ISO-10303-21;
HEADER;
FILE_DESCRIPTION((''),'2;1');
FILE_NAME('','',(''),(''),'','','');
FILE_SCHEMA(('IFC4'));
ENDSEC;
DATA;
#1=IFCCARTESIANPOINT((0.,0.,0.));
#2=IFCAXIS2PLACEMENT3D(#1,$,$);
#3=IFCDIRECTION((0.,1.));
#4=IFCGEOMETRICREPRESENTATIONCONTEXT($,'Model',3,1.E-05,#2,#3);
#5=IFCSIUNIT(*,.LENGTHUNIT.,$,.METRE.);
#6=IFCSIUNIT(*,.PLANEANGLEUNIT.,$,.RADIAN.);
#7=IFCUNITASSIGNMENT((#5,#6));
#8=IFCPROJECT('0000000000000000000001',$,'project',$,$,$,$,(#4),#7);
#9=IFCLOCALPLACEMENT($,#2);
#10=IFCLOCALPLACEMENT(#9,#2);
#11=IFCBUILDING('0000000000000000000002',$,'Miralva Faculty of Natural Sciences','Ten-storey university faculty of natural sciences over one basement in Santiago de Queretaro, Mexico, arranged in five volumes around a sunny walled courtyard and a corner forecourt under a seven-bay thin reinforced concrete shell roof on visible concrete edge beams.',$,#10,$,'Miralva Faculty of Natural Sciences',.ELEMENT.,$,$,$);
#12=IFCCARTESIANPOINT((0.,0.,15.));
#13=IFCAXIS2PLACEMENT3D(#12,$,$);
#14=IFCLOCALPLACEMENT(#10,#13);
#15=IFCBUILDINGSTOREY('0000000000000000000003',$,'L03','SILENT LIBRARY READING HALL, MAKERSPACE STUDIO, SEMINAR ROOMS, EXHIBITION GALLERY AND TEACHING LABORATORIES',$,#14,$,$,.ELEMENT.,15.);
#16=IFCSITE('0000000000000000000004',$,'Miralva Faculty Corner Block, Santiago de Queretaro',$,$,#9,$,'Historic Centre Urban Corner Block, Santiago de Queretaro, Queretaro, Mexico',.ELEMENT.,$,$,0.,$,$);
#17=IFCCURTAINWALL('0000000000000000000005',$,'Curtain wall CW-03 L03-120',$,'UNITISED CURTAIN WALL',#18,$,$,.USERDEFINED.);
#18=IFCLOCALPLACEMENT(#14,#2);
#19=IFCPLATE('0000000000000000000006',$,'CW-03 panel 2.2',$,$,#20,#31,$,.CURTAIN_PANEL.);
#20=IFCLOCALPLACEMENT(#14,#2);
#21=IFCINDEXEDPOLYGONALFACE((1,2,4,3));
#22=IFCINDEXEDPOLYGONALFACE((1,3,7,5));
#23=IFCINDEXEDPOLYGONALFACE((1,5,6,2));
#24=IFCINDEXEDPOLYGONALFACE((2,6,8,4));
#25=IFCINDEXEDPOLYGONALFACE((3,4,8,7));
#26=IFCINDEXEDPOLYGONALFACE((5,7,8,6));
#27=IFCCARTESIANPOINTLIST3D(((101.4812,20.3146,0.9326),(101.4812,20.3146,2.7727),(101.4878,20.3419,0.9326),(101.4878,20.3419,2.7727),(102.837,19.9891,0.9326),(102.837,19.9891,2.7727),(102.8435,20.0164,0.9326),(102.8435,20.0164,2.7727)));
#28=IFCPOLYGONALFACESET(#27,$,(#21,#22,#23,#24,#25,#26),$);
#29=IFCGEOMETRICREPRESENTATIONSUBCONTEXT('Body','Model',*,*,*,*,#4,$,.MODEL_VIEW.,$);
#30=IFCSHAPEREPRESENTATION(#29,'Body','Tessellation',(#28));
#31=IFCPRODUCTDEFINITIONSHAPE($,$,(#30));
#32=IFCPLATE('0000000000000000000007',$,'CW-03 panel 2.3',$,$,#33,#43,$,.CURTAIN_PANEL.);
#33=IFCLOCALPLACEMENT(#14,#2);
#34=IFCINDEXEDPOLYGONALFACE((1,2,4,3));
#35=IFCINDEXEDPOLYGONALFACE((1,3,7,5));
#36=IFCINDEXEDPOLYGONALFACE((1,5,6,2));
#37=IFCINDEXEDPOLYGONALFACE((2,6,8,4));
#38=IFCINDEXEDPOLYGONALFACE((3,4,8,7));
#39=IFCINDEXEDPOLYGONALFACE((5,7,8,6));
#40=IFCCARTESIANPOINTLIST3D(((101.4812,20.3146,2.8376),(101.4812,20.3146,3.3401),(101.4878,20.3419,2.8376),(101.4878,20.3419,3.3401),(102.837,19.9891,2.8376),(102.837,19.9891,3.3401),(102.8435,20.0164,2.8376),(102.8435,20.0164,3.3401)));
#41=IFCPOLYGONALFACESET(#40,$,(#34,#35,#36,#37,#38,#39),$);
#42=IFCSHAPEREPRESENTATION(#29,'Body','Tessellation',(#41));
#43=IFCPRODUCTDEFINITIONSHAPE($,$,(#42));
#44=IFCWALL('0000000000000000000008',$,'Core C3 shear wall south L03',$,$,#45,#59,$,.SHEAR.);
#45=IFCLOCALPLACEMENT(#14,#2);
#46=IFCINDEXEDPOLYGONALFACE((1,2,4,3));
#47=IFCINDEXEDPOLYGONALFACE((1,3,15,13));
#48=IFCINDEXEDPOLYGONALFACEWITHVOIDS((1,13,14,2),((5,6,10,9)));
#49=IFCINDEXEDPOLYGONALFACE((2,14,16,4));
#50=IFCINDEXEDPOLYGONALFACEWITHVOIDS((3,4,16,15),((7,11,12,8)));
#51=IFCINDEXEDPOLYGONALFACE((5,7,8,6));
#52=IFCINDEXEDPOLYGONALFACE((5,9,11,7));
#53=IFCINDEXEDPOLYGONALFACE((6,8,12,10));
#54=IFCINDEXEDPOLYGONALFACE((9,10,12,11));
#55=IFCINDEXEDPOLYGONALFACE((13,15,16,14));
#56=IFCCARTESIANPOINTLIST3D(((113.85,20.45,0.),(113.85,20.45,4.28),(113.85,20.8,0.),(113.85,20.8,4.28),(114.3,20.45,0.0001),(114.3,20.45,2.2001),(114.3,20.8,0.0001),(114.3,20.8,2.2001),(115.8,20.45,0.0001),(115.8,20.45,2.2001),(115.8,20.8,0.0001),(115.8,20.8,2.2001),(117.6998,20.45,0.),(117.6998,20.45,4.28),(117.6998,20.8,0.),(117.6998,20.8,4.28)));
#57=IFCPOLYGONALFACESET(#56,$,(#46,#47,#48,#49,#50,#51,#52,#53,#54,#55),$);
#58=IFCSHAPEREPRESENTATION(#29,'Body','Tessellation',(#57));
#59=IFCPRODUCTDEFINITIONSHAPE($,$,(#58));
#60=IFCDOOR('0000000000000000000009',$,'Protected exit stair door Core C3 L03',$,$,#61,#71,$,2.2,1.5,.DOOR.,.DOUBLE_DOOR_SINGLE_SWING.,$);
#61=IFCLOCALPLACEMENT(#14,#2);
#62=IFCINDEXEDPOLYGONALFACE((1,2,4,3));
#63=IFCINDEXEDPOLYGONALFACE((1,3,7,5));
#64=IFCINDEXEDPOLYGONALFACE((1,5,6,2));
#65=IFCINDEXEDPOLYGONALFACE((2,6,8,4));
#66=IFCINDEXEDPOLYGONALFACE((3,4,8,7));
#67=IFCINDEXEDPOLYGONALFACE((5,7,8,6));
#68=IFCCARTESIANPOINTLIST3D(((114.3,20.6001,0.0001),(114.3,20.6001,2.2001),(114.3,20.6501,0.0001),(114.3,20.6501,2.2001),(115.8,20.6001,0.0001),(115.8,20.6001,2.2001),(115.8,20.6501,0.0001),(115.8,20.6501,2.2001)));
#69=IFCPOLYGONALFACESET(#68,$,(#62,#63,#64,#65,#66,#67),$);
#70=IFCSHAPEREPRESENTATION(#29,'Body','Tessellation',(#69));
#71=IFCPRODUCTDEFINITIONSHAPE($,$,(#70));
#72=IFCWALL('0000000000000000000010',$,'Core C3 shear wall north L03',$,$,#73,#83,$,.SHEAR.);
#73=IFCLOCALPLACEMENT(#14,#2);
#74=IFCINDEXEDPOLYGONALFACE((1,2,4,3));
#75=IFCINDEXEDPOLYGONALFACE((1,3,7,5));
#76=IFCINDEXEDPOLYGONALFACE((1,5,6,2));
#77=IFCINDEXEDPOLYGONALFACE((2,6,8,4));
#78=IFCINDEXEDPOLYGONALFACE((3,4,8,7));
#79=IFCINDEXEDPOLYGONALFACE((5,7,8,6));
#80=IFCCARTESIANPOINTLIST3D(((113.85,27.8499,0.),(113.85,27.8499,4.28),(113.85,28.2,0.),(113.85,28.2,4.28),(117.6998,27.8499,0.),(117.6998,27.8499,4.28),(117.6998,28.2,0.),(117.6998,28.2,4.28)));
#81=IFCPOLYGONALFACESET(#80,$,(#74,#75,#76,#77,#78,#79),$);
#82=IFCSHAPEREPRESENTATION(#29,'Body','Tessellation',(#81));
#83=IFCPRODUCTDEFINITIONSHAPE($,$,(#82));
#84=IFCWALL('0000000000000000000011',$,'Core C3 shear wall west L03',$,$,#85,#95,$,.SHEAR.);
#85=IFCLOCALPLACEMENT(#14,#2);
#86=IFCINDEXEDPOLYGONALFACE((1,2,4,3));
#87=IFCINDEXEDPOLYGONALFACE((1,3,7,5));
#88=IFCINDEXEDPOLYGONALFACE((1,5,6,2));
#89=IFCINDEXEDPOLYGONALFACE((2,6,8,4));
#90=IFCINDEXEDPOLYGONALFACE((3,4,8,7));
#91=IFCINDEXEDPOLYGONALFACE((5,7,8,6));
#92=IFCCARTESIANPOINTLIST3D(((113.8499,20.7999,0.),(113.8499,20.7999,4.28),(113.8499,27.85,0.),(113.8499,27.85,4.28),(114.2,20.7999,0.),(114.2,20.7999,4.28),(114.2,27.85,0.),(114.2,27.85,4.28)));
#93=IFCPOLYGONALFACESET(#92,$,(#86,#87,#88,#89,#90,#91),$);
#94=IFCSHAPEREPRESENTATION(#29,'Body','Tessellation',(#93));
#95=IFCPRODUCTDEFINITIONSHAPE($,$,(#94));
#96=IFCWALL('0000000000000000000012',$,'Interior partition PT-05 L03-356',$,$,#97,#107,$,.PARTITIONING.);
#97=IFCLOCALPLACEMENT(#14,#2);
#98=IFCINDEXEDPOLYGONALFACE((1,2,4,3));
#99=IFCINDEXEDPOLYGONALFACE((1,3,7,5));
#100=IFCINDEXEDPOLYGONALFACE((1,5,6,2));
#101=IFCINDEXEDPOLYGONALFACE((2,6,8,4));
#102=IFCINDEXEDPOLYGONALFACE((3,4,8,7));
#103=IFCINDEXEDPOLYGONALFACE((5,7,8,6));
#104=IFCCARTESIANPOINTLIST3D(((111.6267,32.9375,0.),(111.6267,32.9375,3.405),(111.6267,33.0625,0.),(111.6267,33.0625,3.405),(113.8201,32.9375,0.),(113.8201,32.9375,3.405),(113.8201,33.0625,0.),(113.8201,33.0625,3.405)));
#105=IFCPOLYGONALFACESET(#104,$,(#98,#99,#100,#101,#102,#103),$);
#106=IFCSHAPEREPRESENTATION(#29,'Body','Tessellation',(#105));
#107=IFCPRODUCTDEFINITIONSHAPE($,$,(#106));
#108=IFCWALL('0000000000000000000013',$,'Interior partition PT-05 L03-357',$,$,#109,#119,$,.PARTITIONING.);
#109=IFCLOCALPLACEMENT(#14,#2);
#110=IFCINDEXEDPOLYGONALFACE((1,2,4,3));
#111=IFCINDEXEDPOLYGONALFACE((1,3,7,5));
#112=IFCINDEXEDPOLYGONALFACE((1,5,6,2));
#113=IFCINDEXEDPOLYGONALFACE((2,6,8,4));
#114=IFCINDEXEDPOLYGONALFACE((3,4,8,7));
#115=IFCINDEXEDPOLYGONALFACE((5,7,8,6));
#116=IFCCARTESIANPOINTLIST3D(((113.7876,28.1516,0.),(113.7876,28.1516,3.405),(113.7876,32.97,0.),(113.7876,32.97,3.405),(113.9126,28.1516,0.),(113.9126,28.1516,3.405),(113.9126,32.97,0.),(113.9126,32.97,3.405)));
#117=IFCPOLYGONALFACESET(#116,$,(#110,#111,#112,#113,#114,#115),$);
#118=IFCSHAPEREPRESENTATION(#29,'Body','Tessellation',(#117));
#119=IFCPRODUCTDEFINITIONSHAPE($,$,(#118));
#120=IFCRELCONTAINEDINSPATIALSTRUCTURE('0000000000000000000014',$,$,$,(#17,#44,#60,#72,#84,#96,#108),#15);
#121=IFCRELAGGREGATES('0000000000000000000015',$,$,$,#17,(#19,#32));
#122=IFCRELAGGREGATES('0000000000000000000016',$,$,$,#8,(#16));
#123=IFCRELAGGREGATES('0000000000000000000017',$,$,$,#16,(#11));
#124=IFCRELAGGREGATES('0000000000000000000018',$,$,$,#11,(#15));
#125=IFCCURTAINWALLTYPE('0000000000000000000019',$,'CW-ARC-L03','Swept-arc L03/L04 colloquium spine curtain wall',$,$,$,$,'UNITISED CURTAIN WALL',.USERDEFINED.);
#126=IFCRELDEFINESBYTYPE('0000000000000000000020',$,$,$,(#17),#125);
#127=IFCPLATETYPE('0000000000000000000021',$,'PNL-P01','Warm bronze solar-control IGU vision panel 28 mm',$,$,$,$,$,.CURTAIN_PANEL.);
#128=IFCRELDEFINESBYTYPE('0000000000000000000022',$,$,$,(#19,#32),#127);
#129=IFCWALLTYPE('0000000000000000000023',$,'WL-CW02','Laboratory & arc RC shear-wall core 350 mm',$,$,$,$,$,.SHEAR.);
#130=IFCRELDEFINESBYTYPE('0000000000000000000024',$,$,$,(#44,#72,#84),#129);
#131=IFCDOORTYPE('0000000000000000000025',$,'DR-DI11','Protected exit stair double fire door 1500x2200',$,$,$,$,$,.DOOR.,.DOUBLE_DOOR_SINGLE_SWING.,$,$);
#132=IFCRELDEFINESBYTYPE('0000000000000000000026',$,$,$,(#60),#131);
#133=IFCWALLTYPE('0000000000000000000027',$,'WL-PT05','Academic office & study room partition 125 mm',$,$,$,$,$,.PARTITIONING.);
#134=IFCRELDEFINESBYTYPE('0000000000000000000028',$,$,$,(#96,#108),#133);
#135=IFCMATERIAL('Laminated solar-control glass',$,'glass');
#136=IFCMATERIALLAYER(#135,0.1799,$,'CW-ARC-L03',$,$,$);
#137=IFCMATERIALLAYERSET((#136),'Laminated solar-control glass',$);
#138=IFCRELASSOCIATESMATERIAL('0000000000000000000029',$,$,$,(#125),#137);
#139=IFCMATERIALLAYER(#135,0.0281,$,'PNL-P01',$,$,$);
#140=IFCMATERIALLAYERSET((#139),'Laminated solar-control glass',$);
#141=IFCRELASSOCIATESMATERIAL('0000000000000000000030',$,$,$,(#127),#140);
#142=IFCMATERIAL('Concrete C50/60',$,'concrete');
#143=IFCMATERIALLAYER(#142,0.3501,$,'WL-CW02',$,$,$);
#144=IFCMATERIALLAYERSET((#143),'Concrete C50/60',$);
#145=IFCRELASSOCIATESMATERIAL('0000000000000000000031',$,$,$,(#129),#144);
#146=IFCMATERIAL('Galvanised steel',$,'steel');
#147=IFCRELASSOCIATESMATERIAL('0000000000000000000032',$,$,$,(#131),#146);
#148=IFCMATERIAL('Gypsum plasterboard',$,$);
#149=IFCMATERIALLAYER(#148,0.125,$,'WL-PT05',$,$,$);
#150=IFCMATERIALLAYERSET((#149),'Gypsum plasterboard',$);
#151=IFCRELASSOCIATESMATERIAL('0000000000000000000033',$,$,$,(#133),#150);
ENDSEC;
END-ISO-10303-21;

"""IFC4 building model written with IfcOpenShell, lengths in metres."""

from ifc_helpers import new_model, si_unit, direction, frame, frame_2d, origin, origin_2d, place, context, subcontext, project, spatial, rectangle, extrude, material, layer, layer_set, type_object, element, fill, aggregate, save


model = new_model("IFC4")

# Units and contexts
model_context = context("Model", 3, precision=1e-05, world=origin(), true_north=direction((0.0, 1.0)))
body_context = subcontext(model_context, "Body", "Model", "MODEL_VIEW")
ifc_project = project(units=[si_unit("LENGTHUNIT", "METRE"), si_unit("PLANEANGLEUNIT", "RADIAN")], contexts=[model_context])

# Site, building, storey
site_placement = place(None, origin())
site = spatial("IfcSite", under=ifc_project, at=site_placement, Name="Miralva Faculty Corner Block, Santiago de Queretaro", LongName="Historic Centre Urban Corner Block, Santiago de Queretaro, Queretaro, Mexico", CompositionType="ELEMENT", RefElevation=0.0)
building_placement = place(site_placement, origin())
building = spatial("IfcBuilding", under=site, at=building_placement, Name="Miralva Faculty of Natural Sciences", Description="Ten-storey university faculty of natural sciences over one basement in Santiago de Queretaro, Mexico, arranged in five volumes around a sunny walled courtyard and a corner forecourt under a seven-bay thin reinforced concrete shell roof on visible concrete edge beams.", LongName="Miralva Faculty of Natural Sciences", CompositionType="ELEMENT")
storey_placement = place(building_placement, frame((0.0, 0.0, 15.0)))
storey = spatial("IfcBuildingStorey", under=building, at=storey_placement, Name="L03", Description="SILENT LIBRARY READING HALL, MAKERSPACE STUDIO, SEMINAR ROOMS, EXHIBITION GALLERY AND TEACHING LABORATORIES", CompositionType="ELEMENT", Elevation=15.0)

# Shared definitions
ifc_material_1 = material(Name="Concrete C50/60", Category="concrete")

# Shared definitions
ifc_material_2 = material(Name="Laminated solar-control glass", Category="glass")
ifc_layer_1 = layer(ifc_material_2, 0.1799, Name="CW-ARC-L03")
ifc_layer_set_1 = layer_set([ifc_layer_1], Name="Laminated solar-control glass")
curtain_wall_type = type_object("IfcCurtainWallType", Name="CW-ARC-L03", Description="Swept-arc L03/L04 colloquium spine curtain wall", ElementType="UNITISED CURTAIN WALL", PredefinedType="USERDEFINED", material=ifc_layer_set_1)

# Curtain wall
curtain_wall_1_placement = place(storey_placement, origin())
curtain_wall_1 = element("IfcCurtainWall", 1, at=curtain_wall_1_placement, inside=storey, type_object=curtain_wall_type, Name="Curtain wall CW-03 L03-120", ObjectType="UNITISED CURTAIN WALL", PredefinedType="USERDEFINED")

# Plates
ifc_layer_2 = layer(ifc_material_2, 0.0281, Name="PNL-P01")
ifc_layer_set_2 = layer_set([ifc_layer_2], Name="Laminated solar-control glass")
plate_type = type_object("IfcPlateType", Name="PNL-P01", Description="Warm bronze solar-control IGU vision panel 28 mm", PredefinedType="CURTAIN_PANEL", material=ifc_layer_set_2)
plate_1_placement = place(storey_placement, frame((102.1624, 20.1655, 0.9326), z_axis=(0.0, 0.0, 1.0), x_axis=(0.972365, -0.233464, 0.0)))
plate_1 = element("IfcPlate", 2, at=plate_1_placement, type_object=plate_type, Name="CW-03 panel 2.2", PredefinedType="CURTAIN_PANEL", context=body_context, shape_type="SweptSolid", body=[
    extrude(rectangle(XDim=1.3943, YDim=0.0281, at=origin_2d()), origin(), (0.0, 0.0, 1.0), 1.8401),
])
plate_2_placement = place(storey_placement, frame((102.1624, 20.1655, 2.8376), z_axis=(0.0, 0.0, 1.0), x_axis=(0.972365, -0.233464, 0.0)))
plate_2 = element("IfcPlate", 3, at=plate_2_placement, type_object=plate_type, Name="CW-03 panel 2.3", PredefinedType="CURTAIN_PANEL", context=body_context, shape_type="SweptSolid", body=[
    extrude(rectangle(XDim=1.3943, YDim=0.0281, at=origin_2d()), origin(), (0.0, 0.0, 1.0), 0.5024),
])
aggregate(curtain_wall_1, [plate_1, plate_2])

# Wall, opening, door
ifc_layer_3 = layer(ifc_material_1, 0.3501, Name="WL-CW02")
ifc_layer_set_3 = layer_set([ifc_layer_3], Name="Concrete C50/60")
wall_type_1 = type_object("IfcWallType", Name="WL-CW02", Description="Laboratory & arc RC shear-wall core 350 mm", PredefinedType="SHEAR", material=ifc_layer_set_3)
wall_1_placement = place(storey_placement, frame((113.8501, 20.625, 0.0), z_axis=(0.0, 0.0, 1.0), x_axis=(1.0, 0.0, 0.0)))
wall_1 = element("IfcWall", 4, at=wall_1_placement, inside=storey, type_object=wall_type_1, Name="Core C3 shear wall south L03", PredefinedType="SHEAR", context=body_context, shape_type="SweptSolid", body=[
    extrude(rectangle(XDim=3.8499, YDim=0.3501, at=frame_2d((1.9248, 0.0))), origin(), (0.0, 0.0, 1.0), 4.28),
])
opening_placement = place(wall_1_placement, frame((0.45, 0.0, 0.0)))
opening = element("IfcOpeningElement", 5, at=opening_placement, cuts=wall_1, PredefinedType="OPENING", context=body_context, shape_type="SweptSolid", body=[
    extrude(rectangle(XDim=1.5, YDim=2.2, at=frame_2d((0.75, 1.1001))), frame((0.0, 0.1851, 0.0), z_axis=(0.0, -1.0, 0.0), x_axis=(1.0, 0.0, 0.0)), (0.0, 0.0, 1.0), 0.3701),
])
ifc_material_3 = material(Name="Galvanised steel", Category="steel")
door_type = type_object("IfcDoorType", Name="DR-DI11", Description="Protected exit stair double fire door 1500x2200", OperationType="DOUBLE_DOOR_SINGLE_SWING", PredefinedType="DOOR", material=ifc_material_3)
door_placement = place(opening_placement, frame((1.5, 0.0, 0.0), z_axis=(0.0, 0.0, 1.0), x_axis=(-1.0, 0.0, 0.0)))
door = element("IfcDoor", 6, at=door_placement, inside=storey, type_object=door_type, Name="Protected exit stair door Core C3 L03", OperationType="DOUBLE_DOOR_SINGLE_SWING", OverallHeight=2.2, OverallWidth=1.5, PredefinedType="DOOR", context=body_context, shape_type="SweptSolid", body=[
    extrude(rectangle(XDim=1.5, YDim=2.2, at=frame_2d((0.75, 1.1001))), frame((0.0, 0.0249, 0.0), z_axis=(0.0, -1.0, 0.0), x_axis=(1.0, 0.0, 0.0)), (0.0, 0.0, 1.0), 0.05),
])
fill(opening, door)

# Walls
wall_2_placement = place(storey_placement, frame((113.8501, 28.0249, 0.0), z_axis=(0.0, 0.0, 1.0), x_axis=(1.0, 0.0, 0.0)))
element("IfcWall", 7, at=wall_2_placement, inside=storey, type_object=wall_type_1, Name="Core C3 shear wall north L03", PredefinedType="SHEAR", context=body_context, shape_type="SweptSolid", body=[
    extrude(rectangle(XDim=3.8499, YDim=0.3501, at=frame_2d((1.9248, 0.0))), origin(), (0.0, 0.0, 1.0), 4.28),
])
wall_3_placement = place(storey_placement, frame((114.0249, 20.8, 0.0), z_axis=(0.0, 0.0, 1.0), x_axis=(0.0, 1.0, 0.0)))
element("IfcWall", 8, at=wall_3_placement, inside=storey, type_object=wall_type_1, Name="Core C3 shear wall west L03", PredefinedType="SHEAR", context=body_context, shape_type="SweptSolid", body=[
    extrude(rectangle(XDim=7.05, YDim=0.3501, at=frame_2d((3.5249, 0.0))), origin(), (0.0, 0.0, 1.0), 4.28),
])
ifc_material_4 = material(Name="Gypsum plasterboard")
ifc_layer_4 = layer(ifc_material_4, 0.125, Name="WL-PT05")
ifc_layer_set_4 = layer_set([ifc_layer_4], Name="Gypsum plasterboard")
wall_type_2 = type_object("IfcWallType", Name="WL-PT05", Description="Academic office & study room partition 125 mm", PredefinedType="PARTITIONING", material=ifc_layer_set_4)
wall_4_placement = place(storey_placement, frame((111.6267, 33.0, 0.0), z_axis=(0.0, 0.0, 1.0), x_axis=(1.0, 0.0, 0.0)))
element("IfcWall", 9, at=wall_4_placement, inside=storey, type_object=wall_type_2, Name="Interior partition PT-05 L03-356", PredefinedType="PARTITIONING", context=body_context, shape_type="SweptSolid", body=[
    extrude(rectangle(XDim=2.1934, YDim=0.125, at=frame_2d((1.0967, 0.0))), origin(), (0.0, 0.0, 1.0), 3.405),
])
wall_5_placement = place(storey_placement, frame((113.8501, 28.1516, 0.0), z_axis=(0.0, 0.0, 1.0), x_axis=(0.0, 1.0, 0.0)))
element("IfcWall", 10, at=wall_5_placement, inside=storey, type_object=wall_type_2, Name="Interior partition PT-05 L03-357", PredefinedType="PARTITIONING", context=body_context, shape_type="SweptSolid", body=[
    extrude(rectangle(XDim=4.8184, YDim=0.125, at=frame_2d((2.4092, 0.0))), origin(), (0.0, 0.0, 1.0), 3.405),
])

save(model, "model.ifc")
